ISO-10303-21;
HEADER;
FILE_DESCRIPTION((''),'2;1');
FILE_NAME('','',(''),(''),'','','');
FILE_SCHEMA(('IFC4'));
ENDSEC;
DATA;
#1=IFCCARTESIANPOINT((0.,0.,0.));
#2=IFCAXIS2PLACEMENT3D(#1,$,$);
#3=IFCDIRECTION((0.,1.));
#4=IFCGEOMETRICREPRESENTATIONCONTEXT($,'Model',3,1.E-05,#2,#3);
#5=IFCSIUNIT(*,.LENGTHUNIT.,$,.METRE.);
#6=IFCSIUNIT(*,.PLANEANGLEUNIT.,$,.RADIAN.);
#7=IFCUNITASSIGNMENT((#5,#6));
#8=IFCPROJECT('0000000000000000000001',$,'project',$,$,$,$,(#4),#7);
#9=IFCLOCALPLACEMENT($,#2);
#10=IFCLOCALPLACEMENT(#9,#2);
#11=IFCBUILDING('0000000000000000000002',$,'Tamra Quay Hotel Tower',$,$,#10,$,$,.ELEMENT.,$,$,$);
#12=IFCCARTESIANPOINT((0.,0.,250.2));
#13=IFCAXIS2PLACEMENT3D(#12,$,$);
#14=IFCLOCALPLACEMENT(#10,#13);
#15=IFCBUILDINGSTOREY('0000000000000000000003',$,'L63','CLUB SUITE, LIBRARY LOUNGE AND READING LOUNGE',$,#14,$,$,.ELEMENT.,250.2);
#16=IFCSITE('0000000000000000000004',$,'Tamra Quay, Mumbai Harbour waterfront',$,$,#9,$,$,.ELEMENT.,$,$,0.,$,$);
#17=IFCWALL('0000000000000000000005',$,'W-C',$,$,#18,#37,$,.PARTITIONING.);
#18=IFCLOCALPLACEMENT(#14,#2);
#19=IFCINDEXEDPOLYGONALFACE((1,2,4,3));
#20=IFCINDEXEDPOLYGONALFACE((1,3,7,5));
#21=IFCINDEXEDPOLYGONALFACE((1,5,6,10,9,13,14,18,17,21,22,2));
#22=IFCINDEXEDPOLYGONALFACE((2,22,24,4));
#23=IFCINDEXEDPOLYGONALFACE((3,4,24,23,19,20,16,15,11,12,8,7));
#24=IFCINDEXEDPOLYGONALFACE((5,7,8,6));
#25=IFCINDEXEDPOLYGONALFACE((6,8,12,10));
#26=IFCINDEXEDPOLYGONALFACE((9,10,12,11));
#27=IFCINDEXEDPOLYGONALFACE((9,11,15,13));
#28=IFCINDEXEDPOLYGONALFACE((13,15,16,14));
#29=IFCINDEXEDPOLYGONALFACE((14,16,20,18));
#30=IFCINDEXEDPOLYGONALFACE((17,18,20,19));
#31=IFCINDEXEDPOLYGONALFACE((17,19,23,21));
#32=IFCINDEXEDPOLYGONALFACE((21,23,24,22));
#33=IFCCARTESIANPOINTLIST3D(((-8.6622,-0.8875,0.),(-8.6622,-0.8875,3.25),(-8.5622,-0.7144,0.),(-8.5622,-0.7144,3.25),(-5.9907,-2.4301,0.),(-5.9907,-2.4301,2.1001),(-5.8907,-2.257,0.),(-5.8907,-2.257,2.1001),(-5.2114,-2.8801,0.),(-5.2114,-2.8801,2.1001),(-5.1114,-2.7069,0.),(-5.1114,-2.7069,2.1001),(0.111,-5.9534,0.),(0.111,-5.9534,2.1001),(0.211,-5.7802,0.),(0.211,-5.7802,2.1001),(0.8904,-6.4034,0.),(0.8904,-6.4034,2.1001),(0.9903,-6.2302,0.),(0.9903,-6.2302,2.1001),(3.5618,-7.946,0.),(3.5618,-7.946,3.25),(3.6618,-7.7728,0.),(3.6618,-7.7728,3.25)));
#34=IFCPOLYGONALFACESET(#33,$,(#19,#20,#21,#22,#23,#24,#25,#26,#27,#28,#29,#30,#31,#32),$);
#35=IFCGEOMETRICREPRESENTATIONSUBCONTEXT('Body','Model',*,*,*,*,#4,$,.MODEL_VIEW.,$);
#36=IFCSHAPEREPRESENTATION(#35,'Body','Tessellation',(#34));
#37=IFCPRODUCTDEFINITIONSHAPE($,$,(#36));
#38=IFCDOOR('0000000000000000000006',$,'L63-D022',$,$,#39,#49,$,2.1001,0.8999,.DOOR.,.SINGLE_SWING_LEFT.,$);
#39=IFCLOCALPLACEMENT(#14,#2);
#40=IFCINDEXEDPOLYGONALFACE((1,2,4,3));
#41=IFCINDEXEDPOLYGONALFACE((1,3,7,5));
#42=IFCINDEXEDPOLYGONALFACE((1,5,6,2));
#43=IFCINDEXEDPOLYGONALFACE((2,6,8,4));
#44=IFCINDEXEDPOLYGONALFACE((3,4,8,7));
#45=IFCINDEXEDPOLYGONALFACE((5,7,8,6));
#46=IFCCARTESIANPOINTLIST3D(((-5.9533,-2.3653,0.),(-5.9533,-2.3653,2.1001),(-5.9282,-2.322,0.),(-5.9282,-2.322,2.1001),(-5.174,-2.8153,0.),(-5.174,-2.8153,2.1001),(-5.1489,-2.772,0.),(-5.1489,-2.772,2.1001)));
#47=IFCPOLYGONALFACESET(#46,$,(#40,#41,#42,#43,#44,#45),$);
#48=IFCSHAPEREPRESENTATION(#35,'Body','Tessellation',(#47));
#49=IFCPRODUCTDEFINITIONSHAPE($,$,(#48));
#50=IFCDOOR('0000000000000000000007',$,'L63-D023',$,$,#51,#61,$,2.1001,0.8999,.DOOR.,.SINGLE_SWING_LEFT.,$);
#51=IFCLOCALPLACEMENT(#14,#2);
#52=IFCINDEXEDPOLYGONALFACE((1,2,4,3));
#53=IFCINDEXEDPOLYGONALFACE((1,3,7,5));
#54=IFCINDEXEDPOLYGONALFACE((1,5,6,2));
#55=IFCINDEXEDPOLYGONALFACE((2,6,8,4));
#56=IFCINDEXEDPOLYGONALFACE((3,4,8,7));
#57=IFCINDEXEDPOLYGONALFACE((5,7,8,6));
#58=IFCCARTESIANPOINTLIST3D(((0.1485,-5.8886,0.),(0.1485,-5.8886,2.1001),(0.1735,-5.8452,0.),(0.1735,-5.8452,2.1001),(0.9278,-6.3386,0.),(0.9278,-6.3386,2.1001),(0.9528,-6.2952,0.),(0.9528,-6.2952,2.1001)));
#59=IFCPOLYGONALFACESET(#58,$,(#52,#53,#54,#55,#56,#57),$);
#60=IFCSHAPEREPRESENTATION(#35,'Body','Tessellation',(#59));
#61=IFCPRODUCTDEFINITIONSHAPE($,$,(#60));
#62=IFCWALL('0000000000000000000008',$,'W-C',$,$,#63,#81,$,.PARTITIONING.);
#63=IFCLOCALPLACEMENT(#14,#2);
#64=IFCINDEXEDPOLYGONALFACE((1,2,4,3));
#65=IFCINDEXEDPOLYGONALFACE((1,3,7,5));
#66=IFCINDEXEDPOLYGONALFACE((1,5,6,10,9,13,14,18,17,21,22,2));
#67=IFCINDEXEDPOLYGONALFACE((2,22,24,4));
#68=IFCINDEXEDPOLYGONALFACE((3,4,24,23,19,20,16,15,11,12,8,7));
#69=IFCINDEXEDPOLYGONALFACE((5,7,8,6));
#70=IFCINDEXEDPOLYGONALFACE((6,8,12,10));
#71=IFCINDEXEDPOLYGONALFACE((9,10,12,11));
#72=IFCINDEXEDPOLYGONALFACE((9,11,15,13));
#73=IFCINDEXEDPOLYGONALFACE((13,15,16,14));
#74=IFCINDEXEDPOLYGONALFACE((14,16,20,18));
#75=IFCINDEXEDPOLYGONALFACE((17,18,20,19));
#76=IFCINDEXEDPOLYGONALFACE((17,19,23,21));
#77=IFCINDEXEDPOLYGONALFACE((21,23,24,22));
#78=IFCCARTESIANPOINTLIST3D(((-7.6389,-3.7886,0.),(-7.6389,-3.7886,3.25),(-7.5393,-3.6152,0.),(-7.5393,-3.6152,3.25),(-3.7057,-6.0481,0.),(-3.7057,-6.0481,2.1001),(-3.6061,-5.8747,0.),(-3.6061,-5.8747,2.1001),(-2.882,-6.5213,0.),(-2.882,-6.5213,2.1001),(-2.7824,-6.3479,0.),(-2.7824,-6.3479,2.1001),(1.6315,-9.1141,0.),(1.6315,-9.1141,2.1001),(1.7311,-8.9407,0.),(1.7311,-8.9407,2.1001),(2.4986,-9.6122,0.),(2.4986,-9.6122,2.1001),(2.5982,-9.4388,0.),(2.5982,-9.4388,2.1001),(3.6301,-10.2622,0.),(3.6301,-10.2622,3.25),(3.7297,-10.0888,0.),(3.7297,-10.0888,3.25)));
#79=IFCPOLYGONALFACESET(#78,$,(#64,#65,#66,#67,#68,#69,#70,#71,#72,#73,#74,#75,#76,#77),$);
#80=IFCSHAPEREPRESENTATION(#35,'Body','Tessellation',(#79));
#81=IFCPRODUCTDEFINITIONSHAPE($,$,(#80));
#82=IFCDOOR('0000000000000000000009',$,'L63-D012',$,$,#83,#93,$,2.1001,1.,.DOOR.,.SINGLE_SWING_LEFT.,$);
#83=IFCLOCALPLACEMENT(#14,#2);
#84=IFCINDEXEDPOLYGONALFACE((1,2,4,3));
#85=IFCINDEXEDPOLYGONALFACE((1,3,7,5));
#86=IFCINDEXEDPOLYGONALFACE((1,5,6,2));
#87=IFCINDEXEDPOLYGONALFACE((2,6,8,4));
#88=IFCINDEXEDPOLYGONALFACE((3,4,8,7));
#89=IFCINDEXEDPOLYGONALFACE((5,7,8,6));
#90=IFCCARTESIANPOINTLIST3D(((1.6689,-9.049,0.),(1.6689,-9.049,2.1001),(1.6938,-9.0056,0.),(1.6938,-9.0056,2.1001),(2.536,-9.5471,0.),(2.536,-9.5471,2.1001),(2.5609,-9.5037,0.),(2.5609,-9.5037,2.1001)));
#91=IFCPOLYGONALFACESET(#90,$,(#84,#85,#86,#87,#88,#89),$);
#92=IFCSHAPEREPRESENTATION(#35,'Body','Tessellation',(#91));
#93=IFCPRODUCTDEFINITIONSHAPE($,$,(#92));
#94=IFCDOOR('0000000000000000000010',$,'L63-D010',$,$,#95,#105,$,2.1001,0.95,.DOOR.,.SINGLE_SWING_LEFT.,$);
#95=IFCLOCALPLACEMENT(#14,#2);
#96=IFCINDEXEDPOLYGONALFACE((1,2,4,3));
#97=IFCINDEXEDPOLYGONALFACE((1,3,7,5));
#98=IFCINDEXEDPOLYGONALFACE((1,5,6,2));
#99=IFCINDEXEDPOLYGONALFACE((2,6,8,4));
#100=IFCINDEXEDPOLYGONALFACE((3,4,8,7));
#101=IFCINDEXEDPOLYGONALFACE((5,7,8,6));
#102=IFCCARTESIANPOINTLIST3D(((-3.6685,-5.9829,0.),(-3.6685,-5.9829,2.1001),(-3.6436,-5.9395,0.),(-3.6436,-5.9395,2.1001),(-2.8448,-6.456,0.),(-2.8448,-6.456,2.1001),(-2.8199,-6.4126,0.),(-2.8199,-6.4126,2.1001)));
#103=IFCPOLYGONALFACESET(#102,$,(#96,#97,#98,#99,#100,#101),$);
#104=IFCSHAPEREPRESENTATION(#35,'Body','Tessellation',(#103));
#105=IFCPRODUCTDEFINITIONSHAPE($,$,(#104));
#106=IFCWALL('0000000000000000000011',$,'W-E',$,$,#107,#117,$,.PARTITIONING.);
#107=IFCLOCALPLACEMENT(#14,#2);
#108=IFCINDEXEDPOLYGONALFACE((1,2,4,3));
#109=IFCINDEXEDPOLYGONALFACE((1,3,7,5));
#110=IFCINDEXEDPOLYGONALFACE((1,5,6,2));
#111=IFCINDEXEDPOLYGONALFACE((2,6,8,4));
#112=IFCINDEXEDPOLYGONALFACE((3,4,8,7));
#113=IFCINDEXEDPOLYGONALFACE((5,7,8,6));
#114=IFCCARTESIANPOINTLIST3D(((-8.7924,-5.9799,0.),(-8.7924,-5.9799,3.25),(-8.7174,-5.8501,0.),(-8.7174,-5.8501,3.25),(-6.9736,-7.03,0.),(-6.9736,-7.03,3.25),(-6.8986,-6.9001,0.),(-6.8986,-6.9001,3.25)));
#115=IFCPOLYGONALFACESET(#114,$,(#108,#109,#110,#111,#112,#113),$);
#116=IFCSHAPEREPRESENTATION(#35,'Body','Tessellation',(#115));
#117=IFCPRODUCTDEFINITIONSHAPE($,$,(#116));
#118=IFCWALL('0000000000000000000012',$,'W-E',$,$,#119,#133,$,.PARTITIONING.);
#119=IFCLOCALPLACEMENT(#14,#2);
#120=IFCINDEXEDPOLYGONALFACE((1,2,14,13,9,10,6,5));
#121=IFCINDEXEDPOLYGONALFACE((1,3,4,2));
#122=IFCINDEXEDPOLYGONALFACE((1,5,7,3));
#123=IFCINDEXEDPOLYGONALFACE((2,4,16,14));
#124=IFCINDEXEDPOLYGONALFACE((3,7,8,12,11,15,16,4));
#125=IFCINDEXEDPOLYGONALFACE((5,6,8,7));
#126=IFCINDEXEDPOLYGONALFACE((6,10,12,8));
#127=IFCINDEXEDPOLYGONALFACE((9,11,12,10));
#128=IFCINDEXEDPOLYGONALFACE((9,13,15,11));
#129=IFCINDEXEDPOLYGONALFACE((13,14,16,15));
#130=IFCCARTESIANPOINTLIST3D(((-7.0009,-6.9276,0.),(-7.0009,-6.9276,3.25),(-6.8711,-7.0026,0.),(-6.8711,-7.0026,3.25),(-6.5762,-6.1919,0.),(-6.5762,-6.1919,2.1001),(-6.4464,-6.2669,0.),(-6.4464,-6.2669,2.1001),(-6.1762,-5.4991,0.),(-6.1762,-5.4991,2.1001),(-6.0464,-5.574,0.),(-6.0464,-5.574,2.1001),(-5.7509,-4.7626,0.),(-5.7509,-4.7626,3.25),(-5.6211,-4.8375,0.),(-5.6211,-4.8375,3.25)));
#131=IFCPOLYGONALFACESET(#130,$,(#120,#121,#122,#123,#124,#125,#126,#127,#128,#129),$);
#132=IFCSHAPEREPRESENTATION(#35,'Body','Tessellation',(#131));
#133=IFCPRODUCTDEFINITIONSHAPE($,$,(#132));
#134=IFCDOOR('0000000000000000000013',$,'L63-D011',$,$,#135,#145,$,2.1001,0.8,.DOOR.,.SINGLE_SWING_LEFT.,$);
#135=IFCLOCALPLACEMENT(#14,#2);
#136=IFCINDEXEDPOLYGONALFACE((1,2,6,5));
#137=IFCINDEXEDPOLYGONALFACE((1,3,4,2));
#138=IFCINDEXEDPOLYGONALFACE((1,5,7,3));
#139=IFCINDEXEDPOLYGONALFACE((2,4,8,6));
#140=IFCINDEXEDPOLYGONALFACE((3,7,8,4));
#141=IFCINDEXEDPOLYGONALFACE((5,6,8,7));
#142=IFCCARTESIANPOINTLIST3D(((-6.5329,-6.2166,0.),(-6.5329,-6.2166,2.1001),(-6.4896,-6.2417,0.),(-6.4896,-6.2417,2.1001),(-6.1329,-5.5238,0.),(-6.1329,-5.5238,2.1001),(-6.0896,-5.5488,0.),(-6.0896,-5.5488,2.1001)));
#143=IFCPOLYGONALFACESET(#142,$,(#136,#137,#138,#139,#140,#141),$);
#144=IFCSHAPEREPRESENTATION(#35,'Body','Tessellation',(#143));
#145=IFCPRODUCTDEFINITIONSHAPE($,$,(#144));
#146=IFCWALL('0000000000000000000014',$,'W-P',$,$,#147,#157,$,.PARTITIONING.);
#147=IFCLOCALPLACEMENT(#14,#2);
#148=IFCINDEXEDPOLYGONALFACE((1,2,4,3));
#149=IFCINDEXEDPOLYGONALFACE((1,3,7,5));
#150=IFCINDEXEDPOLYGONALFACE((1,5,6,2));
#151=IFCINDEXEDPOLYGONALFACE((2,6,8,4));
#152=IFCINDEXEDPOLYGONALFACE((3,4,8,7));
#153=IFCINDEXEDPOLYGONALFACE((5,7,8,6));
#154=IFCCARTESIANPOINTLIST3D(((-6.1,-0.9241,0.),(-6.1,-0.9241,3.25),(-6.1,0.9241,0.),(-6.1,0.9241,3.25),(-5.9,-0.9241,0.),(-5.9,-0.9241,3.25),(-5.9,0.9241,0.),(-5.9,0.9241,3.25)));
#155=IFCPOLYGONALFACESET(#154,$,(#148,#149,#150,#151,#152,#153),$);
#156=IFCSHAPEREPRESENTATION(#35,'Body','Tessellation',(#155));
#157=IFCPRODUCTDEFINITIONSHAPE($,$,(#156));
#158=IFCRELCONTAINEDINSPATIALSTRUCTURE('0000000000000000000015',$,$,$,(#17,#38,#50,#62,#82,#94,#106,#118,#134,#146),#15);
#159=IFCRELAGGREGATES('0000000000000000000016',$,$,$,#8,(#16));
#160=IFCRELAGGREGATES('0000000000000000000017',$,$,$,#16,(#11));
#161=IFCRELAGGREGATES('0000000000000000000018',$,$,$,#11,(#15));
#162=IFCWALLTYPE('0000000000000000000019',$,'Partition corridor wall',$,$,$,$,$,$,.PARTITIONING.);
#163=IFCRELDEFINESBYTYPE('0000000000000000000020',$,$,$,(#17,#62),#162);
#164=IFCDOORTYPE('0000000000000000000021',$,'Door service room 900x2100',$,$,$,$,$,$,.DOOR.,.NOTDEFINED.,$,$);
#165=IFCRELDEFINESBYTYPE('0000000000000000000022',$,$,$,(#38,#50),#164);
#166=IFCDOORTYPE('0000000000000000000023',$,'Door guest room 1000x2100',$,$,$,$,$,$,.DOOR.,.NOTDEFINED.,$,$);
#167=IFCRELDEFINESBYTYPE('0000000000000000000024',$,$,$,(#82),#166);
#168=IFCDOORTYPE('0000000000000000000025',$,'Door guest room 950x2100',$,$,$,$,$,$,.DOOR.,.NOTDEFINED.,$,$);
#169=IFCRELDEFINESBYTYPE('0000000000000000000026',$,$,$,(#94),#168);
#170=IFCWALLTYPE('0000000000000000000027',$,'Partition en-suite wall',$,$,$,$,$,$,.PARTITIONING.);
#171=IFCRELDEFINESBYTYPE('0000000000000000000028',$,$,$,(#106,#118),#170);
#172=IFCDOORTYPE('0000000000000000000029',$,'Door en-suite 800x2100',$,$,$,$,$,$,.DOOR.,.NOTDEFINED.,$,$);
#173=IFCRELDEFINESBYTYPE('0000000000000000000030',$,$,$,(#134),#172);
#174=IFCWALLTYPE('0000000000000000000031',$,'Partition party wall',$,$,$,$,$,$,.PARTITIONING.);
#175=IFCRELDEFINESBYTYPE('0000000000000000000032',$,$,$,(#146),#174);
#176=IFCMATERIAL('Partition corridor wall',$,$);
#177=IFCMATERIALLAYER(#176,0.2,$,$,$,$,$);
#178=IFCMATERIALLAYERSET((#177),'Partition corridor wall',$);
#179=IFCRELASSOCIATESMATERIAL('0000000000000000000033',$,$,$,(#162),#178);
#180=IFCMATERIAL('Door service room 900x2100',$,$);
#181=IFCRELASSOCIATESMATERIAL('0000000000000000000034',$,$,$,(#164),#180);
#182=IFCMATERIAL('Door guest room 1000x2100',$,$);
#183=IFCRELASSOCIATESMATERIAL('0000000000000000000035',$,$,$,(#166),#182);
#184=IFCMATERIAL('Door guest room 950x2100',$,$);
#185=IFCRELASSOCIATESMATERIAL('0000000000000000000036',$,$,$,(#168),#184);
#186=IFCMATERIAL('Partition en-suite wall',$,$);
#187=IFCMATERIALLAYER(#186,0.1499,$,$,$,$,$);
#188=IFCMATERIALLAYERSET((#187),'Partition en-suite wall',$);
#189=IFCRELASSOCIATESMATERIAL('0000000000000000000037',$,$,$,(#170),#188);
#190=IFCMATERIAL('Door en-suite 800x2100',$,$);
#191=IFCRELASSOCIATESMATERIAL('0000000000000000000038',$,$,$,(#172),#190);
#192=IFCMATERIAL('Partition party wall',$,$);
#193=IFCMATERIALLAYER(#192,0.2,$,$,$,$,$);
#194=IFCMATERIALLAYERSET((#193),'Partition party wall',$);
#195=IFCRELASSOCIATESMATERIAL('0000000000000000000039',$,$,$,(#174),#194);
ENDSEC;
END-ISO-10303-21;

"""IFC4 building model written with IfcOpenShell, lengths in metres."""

from ifc_helpers import new_model, si_unit, direction, frame, frame_2d, origin, place, context, subcontext, project, spatial, rectangle, extrude, material, layer, layer_set, type_object, element, fill, save


model = new_model("IFC4")

# Units and contexts
model_context = context("Model", 3, precision=1e-05, world=origin(), true_north=direction((0.0, 1.0)))
body_context = subcontext(model_context, "Body", "Model", "MODEL_VIEW")
ifc_project = project(units=[si_unit("LENGTHUNIT", "METRE"), si_unit("PLANEANGLEUNIT", "RADIAN")], contexts=[model_context])

# Site, building, storey
site_placement = place(None, origin())
site = spatial("IfcSite", under=ifc_project, at=site_placement, Name="Tamra Quay, Mumbai Harbour waterfront", CompositionType="ELEMENT", RefElevation=0.0)
building_placement = place(site_placement, origin())
building = spatial("IfcBuilding", under=site, at=building_placement, Name="Tamra Quay Hotel Tower", CompositionType="ELEMENT")
storey_placement = place(building_placement, frame((0.0, 0.0, 250.2)))
storey = spatial("IfcBuildingStorey", under=building, at=storey_placement, Name="L63", Description="CLUB SUITE, LIBRARY LOUNGE AND READING LOUNGE", CompositionType="ELEMENT", Elevation=250.2)

# Shared definitions
ifc_material_1 = material(Name="Partition corridor wall")
ifc_layer_1 = layer(ifc_material_1, 0.2)
ifc_layer_set_1 = layer_set([ifc_layer_1], Name="Partition corridor wall")
wall_type_1 = type_object("IfcWallType", Name="Partition corridor wall", PredefinedType="PARTITIONING", material=ifc_layer_set_1)

# Walls, openings, doors
wall_1_placement = place(storey_placement, frame((-8.6121, -0.801, 0.0), z_axis=(0.0, 0.0, 1.0), x_axis=(0.865998, -0.500047, 0.0)))
wall_1 = element("IfcWall", 1, at=wall_1_placement, inside=storey, type_object=wall_type_1, Name="W-C", PredefinedType="PARTITIONING", context=body_context, shape_type="SweptSolid", body=[
    extrude(rectangle(XDim=14.1155, YDim=0.2, at=frame_2d((7.0576, 0.0))), origin(), (0.0, 0.0, 1.0), 3.25),
])
opening_1_placement = place(wall_1_placement, frame((3.0847, 0.0, 0.0)))
opening_1 = element("IfcOpeningElement", 2, at=opening_1_placement, cuts=wall_1, PredefinedType="OPENING", context=body_context, shape_type="SweptSolid", body=[
    extrude(rectangle(XDim=0.8999, YDim=2.1001, at=frame_2d((0.45, 1.05))), frame((0.0, 0.1099, 0.0), z_axis=(0.0, -1.0, 0.0), x_axis=(1.0, 0.0, 0.0)), (0.0, 0.0, 1.0), 0.22),
])
opening_2_placement = place(wall_1_placement, frame((10.1306, 0.0, 0.0)))
opening_2 = element("IfcOpeningElement", 3, at=opening_2_placement, cuts=wall_1, PredefinedType="OPENING", context=body_context, shape_type="SweptSolid", body=[
    extrude(rectangle(XDim=0.8999, YDim=2.1001, at=frame_2d((0.45, 1.05))), frame((0.0, 0.1099, 0.0), z_axis=(0.0, -1.0, 0.0), x_axis=(1.0, 0.0, 0.0)), (0.0, 0.0, 1.0), 0.22),
])
ifc_material_2 = material(Name="Door service room 900x2100")
door_type_1 = type_object("IfcDoorType", Name="Door service room 900x2100", OperationType="NOTDEFINED", PredefinedType="DOOR", material=ifc_material_2)
door_1_placement = place(opening_1_placement, origin())
door_1 = element("IfcDoor", 4, at=door_1_placement, inside=storey, type_object=door_type_1, Name="L63-D022", OperationType="SINGLE_SWING_LEFT", OverallHeight=2.1001, OverallWidth=0.8999, PredefinedType="DOOR", context=body_context, shape_type="SweptSolid", body=[
    extrude(rectangle(XDim=0.8999, YDim=2.1001, at=frame_2d((0.45, 1.05))), frame((0.0, 0.0249, 0.0), z_axis=(0.0, -1.0, 0.0), x_axis=(1.0, 0.0, 0.0)), (0.0, 0.0, 1.0), 0.05),
])
fill(opening_1, door_1)
door_2_placement = place(opening_2_placement, origin())
door_2 = element("IfcDoor", 5, at=door_2_placement, inside=storey, type_object=door_type_1, Name="L63-D023", OperationType="SINGLE_SWING_LEFT", OverallHeight=2.1001, OverallWidth=0.8999, PredefinedType="DOOR", context=body_context, shape_type="SweptSolid", body=[
    extrude(rectangle(XDim=0.8999, YDim=2.1001, at=frame_2d((0.45, 1.05))), frame((0.0, 0.0249, 0.0), z_axis=(0.0, -1.0, 0.0), x_axis=(1.0, 0.0, 0.0)), (0.0, 0.0, 1.0), 0.05),
])
fill(opening_2, door_2)
wall_2_placement = place(storey_placement, frame((-7.5891, -3.7019, 0.0), z_axis=(0.0, 0.0, 1.0), x_axis=(0.867108, -0.49812, 0.0)))
wall_2 = element("IfcWall", 6, at=wall_2_placement, inside=storey, type_object=wall_type_1, Name="W-C", PredefinedType="PARTITIONING", context=body_context, shape_type="SweptSolid", body=[
    extrude(rectangle(XDim=12.9961, YDim=0.2, at=frame_2d((6.498, 0.0))), origin(), (0.0, 0.0, 1.0), 3.25),
])
opening_3_placement = place(wall_2_placement, frame((4.5359, 0.0, 0.0)))
opening_3 = element("IfcOpeningElement", 7, at=opening_3_placement, cuts=wall_2, PredefinedType="OPENING", context=body_context, shape_type="SweptSolid", body=[
    extrude(rectangle(XDim=0.95, YDim=2.1001, at=frame_2d((0.4751, 1.05))), frame((0.0, 0.1099, 0.0), z_axis=(0.0, -1.0, 0.0), x_axis=(1.0, 0.0, 0.0)), (0.0, 0.0, 1.0), 0.22),
])
opening_4_placement = place(wall_2_placement, frame((10.6912, 0.0, 0.0)))
opening_4 = element("IfcOpeningElement", 8, at=opening_4_placement, cuts=wall_2, PredefinedType="OPENING", context=body_context, shape_type="SweptSolid", body=[
    extrude(rectangle(XDim=1.0, YDim=2.1001, at=frame_2d((0.5, 1.05))), frame((0.0, 0.1099, 0.0), z_axis=(0.0, -1.0, 0.0), x_axis=(1.0, 0.0, 0.0)), (0.0, 0.0, 1.0), 0.22),
])
ifc_material_3 = material(Name="Door guest room 1000x2100")
door_type_2 = type_object("IfcDoorType", Name="Door guest room 1000x2100", OperationType="NOTDEFINED", PredefinedType="DOOR", material=ifc_material_3)
door_3_placement = place(opening_4_placement, frame((1.0, 0.0, 0.0), z_axis=(0.0, 0.0, 1.0), x_axis=(-1.0, 0.0, 0.0)))
door_3 = element("IfcDoor", 9, at=door_3_placement, inside=storey, type_object=door_type_2, Name="L63-D012", OperationType="SINGLE_SWING_LEFT", OverallHeight=2.1001, OverallWidth=1.0, PredefinedType="DOOR", context=body_context, shape_type="SweptSolid", body=[
    extrude(rectangle(XDim=1.0, YDim=2.1001, at=frame_2d((0.5, 1.05))), frame((0.0, 0.0249, 0.0), z_axis=(0.0, -1.0, 0.0), x_axis=(1.0, 0.0, 0.0)), (0.0, 0.0, 1.0), 0.05),
])
fill(opening_4, door_3)
ifc_material_4 = material(Name="Door guest room 950x2100")
door_type_3 = type_object("IfcDoorType", Name="Door guest room 950x2100", OperationType="NOTDEFINED", PredefinedType="DOOR", material=ifc_material_4)
door_4_placement = place(opening_3_placement, frame((0.95, 0.0, 0.0), z_axis=(0.0, 0.0, 1.0), x_axis=(-1.0, 0.0, 0.0)))
door_4 = element("IfcDoor", 10, at=door_4_placement, inside=storey, type_object=door_type_3, Name="L63-D010", OperationType="SINGLE_SWING_LEFT", OverallHeight=2.1001, OverallWidth=0.95, PredefinedType="DOOR", context=body_context, shape_type="SweptSolid", body=[
    extrude(rectangle(XDim=0.95, YDim=2.1001, at=frame_2d((0.4751, 1.05))), frame((0.0, 0.0249, 0.0), z_axis=(0.0, -1.0, 0.0), x_axis=(1.0, 0.0, 0.0)), (0.0, 0.0, 1.0), 0.05),
])
fill(opening_3, door_4)

# Wall
ifc_material_5 = material(Name="Partition en-suite wall")
ifc_layer_2 = layer(ifc_material_5, 0.1499)
ifc_layer_set_2 = layer_set([ifc_layer_2], Name="Partition en-suite wall")
wall_type_2 = type_object("IfcWallType", Name="Partition en-suite wall", PredefinedType="PARTITIONING", material=ifc_layer_set_2)
wall_3_placement = place(storey_placement, frame((-8.7549, -5.915, 0.0), z_axis=(0.0, 0.0, 1.0), x_axis=(0.866038, -0.499977, 0.0)))
element("IfcWall", 11, at=wall_3_placement, inside=storey, type_object=wall_type_2, Name="W-E", PredefinedType="PARTITIONING", context=body_context, shape_type="SweptSolid", body=[
    extrude(rectangle(XDim=2.1001, YDim=0.1499, at=frame_2d((1.05, 0.0))), origin(), (0.0, 0.0, 1.0), 3.25),
])

# Wall, opening, door
wall_4_placement = place(storey_placement, frame((-6.936, -6.9651, 0.0), z_axis=(0.0, 0.0, 1.0), x_axis=(0.500004, 0.866023, 0.0)))
wall_4 = element("IfcWall", 12, at=wall_4_placement, inside=storey, type_object=wall_type_2, Name="W-E", PredefinedType="PARTITIONING", context=body_context, shape_type="SweptSolid", body=[
    extrude(rectangle(XDim=2.5, YDim=0.1499, at=frame_2d((1.25, 0.0))), origin(), (0.0, 0.0, 1.0), 3.25),
])
opening_5_placement = place(wall_4_placement, frame((0.8496, 0.0, 0.0)))
opening_5 = element("IfcOpeningElement", 13, at=opening_5_placement, cuts=wall_4, PredefinedType="OPENING", context=body_context, shape_type="SweptSolid", body=[
    extrude(rectangle(XDim=0.8, YDim=2.1001, at=frame_2d((0.3999, 1.05))), frame((0.0, 0.085, 0.0), z_axis=(0.0, -1.0, 0.0), x_axis=(1.0, 0.0, 0.0)), (0.0, 0.0, 1.0), 0.1699),
])
ifc_material_6 = material(Name="Door en-suite 800x2100")
door_type_4 = type_object("IfcDoorType", Name="Door en-suite 800x2100", OperationType="NOTDEFINED", PredefinedType="DOOR", material=ifc_material_6)
door_5_placement = place(opening_5_placement, frame((0.8, 0.0, 0.0), z_axis=(0.0, 0.0, 1.0), x_axis=(-1.0, 0.0, 0.0)))
door_5 = element("IfcDoor", 14, at=door_5_placement, inside=storey, type_object=door_type_4, Name="L63-D011", OperationType="SINGLE_SWING_LEFT", OverallHeight=2.1001, OverallWidth=0.8, PredefinedType="DOOR", context=body_context, shape_type="SweptSolid", body=[
    extrude(rectangle(XDim=0.8, YDim=2.1001, at=frame_2d((0.3999, 1.05))), frame((0.0, 0.0249, 0.0), z_axis=(0.0, -1.0, 0.0), x_axis=(1.0, 0.0, 0.0)), (0.0, 0.0, 1.0), 0.05),
])
fill(opening_5, door_5)

# Wall
ifc_material_7 = material(Name="Partition party wall")
ifc_layer_3 = layer(ifc_material_7, 0.2)
ifc_layer_set_3 = layer_set([ifc_layer_3], Name="Partition party wall")
wall_type_3 = type_object("IfcWallType", Name="Partition party wall", PredefinedType="PARTITIONING", material=ifc_layer_set_3)
wall_5_placement = place(storey_placement, frame((-6.0, -0.9241, 0.0), z_axis=(0.0, 0.0, 1.0), x_axis=(0.0, 1.0, 0.0)))
element("IfcWall", 15, at=wall_5_placement, inside=storey, type_object=wall_type_3, Name="W-P", PredefinedType="PARTITIONING", context=body_context, shape_type="SweptSolid", body=[
    extrude(rectangle(XDim=1.8481, YDim=0.2, at=frame_2d((0.9241, 0.0))), origin(), (0.0, 0.0, 1.0), 3.25),
])

save(model, "model.ifc")
